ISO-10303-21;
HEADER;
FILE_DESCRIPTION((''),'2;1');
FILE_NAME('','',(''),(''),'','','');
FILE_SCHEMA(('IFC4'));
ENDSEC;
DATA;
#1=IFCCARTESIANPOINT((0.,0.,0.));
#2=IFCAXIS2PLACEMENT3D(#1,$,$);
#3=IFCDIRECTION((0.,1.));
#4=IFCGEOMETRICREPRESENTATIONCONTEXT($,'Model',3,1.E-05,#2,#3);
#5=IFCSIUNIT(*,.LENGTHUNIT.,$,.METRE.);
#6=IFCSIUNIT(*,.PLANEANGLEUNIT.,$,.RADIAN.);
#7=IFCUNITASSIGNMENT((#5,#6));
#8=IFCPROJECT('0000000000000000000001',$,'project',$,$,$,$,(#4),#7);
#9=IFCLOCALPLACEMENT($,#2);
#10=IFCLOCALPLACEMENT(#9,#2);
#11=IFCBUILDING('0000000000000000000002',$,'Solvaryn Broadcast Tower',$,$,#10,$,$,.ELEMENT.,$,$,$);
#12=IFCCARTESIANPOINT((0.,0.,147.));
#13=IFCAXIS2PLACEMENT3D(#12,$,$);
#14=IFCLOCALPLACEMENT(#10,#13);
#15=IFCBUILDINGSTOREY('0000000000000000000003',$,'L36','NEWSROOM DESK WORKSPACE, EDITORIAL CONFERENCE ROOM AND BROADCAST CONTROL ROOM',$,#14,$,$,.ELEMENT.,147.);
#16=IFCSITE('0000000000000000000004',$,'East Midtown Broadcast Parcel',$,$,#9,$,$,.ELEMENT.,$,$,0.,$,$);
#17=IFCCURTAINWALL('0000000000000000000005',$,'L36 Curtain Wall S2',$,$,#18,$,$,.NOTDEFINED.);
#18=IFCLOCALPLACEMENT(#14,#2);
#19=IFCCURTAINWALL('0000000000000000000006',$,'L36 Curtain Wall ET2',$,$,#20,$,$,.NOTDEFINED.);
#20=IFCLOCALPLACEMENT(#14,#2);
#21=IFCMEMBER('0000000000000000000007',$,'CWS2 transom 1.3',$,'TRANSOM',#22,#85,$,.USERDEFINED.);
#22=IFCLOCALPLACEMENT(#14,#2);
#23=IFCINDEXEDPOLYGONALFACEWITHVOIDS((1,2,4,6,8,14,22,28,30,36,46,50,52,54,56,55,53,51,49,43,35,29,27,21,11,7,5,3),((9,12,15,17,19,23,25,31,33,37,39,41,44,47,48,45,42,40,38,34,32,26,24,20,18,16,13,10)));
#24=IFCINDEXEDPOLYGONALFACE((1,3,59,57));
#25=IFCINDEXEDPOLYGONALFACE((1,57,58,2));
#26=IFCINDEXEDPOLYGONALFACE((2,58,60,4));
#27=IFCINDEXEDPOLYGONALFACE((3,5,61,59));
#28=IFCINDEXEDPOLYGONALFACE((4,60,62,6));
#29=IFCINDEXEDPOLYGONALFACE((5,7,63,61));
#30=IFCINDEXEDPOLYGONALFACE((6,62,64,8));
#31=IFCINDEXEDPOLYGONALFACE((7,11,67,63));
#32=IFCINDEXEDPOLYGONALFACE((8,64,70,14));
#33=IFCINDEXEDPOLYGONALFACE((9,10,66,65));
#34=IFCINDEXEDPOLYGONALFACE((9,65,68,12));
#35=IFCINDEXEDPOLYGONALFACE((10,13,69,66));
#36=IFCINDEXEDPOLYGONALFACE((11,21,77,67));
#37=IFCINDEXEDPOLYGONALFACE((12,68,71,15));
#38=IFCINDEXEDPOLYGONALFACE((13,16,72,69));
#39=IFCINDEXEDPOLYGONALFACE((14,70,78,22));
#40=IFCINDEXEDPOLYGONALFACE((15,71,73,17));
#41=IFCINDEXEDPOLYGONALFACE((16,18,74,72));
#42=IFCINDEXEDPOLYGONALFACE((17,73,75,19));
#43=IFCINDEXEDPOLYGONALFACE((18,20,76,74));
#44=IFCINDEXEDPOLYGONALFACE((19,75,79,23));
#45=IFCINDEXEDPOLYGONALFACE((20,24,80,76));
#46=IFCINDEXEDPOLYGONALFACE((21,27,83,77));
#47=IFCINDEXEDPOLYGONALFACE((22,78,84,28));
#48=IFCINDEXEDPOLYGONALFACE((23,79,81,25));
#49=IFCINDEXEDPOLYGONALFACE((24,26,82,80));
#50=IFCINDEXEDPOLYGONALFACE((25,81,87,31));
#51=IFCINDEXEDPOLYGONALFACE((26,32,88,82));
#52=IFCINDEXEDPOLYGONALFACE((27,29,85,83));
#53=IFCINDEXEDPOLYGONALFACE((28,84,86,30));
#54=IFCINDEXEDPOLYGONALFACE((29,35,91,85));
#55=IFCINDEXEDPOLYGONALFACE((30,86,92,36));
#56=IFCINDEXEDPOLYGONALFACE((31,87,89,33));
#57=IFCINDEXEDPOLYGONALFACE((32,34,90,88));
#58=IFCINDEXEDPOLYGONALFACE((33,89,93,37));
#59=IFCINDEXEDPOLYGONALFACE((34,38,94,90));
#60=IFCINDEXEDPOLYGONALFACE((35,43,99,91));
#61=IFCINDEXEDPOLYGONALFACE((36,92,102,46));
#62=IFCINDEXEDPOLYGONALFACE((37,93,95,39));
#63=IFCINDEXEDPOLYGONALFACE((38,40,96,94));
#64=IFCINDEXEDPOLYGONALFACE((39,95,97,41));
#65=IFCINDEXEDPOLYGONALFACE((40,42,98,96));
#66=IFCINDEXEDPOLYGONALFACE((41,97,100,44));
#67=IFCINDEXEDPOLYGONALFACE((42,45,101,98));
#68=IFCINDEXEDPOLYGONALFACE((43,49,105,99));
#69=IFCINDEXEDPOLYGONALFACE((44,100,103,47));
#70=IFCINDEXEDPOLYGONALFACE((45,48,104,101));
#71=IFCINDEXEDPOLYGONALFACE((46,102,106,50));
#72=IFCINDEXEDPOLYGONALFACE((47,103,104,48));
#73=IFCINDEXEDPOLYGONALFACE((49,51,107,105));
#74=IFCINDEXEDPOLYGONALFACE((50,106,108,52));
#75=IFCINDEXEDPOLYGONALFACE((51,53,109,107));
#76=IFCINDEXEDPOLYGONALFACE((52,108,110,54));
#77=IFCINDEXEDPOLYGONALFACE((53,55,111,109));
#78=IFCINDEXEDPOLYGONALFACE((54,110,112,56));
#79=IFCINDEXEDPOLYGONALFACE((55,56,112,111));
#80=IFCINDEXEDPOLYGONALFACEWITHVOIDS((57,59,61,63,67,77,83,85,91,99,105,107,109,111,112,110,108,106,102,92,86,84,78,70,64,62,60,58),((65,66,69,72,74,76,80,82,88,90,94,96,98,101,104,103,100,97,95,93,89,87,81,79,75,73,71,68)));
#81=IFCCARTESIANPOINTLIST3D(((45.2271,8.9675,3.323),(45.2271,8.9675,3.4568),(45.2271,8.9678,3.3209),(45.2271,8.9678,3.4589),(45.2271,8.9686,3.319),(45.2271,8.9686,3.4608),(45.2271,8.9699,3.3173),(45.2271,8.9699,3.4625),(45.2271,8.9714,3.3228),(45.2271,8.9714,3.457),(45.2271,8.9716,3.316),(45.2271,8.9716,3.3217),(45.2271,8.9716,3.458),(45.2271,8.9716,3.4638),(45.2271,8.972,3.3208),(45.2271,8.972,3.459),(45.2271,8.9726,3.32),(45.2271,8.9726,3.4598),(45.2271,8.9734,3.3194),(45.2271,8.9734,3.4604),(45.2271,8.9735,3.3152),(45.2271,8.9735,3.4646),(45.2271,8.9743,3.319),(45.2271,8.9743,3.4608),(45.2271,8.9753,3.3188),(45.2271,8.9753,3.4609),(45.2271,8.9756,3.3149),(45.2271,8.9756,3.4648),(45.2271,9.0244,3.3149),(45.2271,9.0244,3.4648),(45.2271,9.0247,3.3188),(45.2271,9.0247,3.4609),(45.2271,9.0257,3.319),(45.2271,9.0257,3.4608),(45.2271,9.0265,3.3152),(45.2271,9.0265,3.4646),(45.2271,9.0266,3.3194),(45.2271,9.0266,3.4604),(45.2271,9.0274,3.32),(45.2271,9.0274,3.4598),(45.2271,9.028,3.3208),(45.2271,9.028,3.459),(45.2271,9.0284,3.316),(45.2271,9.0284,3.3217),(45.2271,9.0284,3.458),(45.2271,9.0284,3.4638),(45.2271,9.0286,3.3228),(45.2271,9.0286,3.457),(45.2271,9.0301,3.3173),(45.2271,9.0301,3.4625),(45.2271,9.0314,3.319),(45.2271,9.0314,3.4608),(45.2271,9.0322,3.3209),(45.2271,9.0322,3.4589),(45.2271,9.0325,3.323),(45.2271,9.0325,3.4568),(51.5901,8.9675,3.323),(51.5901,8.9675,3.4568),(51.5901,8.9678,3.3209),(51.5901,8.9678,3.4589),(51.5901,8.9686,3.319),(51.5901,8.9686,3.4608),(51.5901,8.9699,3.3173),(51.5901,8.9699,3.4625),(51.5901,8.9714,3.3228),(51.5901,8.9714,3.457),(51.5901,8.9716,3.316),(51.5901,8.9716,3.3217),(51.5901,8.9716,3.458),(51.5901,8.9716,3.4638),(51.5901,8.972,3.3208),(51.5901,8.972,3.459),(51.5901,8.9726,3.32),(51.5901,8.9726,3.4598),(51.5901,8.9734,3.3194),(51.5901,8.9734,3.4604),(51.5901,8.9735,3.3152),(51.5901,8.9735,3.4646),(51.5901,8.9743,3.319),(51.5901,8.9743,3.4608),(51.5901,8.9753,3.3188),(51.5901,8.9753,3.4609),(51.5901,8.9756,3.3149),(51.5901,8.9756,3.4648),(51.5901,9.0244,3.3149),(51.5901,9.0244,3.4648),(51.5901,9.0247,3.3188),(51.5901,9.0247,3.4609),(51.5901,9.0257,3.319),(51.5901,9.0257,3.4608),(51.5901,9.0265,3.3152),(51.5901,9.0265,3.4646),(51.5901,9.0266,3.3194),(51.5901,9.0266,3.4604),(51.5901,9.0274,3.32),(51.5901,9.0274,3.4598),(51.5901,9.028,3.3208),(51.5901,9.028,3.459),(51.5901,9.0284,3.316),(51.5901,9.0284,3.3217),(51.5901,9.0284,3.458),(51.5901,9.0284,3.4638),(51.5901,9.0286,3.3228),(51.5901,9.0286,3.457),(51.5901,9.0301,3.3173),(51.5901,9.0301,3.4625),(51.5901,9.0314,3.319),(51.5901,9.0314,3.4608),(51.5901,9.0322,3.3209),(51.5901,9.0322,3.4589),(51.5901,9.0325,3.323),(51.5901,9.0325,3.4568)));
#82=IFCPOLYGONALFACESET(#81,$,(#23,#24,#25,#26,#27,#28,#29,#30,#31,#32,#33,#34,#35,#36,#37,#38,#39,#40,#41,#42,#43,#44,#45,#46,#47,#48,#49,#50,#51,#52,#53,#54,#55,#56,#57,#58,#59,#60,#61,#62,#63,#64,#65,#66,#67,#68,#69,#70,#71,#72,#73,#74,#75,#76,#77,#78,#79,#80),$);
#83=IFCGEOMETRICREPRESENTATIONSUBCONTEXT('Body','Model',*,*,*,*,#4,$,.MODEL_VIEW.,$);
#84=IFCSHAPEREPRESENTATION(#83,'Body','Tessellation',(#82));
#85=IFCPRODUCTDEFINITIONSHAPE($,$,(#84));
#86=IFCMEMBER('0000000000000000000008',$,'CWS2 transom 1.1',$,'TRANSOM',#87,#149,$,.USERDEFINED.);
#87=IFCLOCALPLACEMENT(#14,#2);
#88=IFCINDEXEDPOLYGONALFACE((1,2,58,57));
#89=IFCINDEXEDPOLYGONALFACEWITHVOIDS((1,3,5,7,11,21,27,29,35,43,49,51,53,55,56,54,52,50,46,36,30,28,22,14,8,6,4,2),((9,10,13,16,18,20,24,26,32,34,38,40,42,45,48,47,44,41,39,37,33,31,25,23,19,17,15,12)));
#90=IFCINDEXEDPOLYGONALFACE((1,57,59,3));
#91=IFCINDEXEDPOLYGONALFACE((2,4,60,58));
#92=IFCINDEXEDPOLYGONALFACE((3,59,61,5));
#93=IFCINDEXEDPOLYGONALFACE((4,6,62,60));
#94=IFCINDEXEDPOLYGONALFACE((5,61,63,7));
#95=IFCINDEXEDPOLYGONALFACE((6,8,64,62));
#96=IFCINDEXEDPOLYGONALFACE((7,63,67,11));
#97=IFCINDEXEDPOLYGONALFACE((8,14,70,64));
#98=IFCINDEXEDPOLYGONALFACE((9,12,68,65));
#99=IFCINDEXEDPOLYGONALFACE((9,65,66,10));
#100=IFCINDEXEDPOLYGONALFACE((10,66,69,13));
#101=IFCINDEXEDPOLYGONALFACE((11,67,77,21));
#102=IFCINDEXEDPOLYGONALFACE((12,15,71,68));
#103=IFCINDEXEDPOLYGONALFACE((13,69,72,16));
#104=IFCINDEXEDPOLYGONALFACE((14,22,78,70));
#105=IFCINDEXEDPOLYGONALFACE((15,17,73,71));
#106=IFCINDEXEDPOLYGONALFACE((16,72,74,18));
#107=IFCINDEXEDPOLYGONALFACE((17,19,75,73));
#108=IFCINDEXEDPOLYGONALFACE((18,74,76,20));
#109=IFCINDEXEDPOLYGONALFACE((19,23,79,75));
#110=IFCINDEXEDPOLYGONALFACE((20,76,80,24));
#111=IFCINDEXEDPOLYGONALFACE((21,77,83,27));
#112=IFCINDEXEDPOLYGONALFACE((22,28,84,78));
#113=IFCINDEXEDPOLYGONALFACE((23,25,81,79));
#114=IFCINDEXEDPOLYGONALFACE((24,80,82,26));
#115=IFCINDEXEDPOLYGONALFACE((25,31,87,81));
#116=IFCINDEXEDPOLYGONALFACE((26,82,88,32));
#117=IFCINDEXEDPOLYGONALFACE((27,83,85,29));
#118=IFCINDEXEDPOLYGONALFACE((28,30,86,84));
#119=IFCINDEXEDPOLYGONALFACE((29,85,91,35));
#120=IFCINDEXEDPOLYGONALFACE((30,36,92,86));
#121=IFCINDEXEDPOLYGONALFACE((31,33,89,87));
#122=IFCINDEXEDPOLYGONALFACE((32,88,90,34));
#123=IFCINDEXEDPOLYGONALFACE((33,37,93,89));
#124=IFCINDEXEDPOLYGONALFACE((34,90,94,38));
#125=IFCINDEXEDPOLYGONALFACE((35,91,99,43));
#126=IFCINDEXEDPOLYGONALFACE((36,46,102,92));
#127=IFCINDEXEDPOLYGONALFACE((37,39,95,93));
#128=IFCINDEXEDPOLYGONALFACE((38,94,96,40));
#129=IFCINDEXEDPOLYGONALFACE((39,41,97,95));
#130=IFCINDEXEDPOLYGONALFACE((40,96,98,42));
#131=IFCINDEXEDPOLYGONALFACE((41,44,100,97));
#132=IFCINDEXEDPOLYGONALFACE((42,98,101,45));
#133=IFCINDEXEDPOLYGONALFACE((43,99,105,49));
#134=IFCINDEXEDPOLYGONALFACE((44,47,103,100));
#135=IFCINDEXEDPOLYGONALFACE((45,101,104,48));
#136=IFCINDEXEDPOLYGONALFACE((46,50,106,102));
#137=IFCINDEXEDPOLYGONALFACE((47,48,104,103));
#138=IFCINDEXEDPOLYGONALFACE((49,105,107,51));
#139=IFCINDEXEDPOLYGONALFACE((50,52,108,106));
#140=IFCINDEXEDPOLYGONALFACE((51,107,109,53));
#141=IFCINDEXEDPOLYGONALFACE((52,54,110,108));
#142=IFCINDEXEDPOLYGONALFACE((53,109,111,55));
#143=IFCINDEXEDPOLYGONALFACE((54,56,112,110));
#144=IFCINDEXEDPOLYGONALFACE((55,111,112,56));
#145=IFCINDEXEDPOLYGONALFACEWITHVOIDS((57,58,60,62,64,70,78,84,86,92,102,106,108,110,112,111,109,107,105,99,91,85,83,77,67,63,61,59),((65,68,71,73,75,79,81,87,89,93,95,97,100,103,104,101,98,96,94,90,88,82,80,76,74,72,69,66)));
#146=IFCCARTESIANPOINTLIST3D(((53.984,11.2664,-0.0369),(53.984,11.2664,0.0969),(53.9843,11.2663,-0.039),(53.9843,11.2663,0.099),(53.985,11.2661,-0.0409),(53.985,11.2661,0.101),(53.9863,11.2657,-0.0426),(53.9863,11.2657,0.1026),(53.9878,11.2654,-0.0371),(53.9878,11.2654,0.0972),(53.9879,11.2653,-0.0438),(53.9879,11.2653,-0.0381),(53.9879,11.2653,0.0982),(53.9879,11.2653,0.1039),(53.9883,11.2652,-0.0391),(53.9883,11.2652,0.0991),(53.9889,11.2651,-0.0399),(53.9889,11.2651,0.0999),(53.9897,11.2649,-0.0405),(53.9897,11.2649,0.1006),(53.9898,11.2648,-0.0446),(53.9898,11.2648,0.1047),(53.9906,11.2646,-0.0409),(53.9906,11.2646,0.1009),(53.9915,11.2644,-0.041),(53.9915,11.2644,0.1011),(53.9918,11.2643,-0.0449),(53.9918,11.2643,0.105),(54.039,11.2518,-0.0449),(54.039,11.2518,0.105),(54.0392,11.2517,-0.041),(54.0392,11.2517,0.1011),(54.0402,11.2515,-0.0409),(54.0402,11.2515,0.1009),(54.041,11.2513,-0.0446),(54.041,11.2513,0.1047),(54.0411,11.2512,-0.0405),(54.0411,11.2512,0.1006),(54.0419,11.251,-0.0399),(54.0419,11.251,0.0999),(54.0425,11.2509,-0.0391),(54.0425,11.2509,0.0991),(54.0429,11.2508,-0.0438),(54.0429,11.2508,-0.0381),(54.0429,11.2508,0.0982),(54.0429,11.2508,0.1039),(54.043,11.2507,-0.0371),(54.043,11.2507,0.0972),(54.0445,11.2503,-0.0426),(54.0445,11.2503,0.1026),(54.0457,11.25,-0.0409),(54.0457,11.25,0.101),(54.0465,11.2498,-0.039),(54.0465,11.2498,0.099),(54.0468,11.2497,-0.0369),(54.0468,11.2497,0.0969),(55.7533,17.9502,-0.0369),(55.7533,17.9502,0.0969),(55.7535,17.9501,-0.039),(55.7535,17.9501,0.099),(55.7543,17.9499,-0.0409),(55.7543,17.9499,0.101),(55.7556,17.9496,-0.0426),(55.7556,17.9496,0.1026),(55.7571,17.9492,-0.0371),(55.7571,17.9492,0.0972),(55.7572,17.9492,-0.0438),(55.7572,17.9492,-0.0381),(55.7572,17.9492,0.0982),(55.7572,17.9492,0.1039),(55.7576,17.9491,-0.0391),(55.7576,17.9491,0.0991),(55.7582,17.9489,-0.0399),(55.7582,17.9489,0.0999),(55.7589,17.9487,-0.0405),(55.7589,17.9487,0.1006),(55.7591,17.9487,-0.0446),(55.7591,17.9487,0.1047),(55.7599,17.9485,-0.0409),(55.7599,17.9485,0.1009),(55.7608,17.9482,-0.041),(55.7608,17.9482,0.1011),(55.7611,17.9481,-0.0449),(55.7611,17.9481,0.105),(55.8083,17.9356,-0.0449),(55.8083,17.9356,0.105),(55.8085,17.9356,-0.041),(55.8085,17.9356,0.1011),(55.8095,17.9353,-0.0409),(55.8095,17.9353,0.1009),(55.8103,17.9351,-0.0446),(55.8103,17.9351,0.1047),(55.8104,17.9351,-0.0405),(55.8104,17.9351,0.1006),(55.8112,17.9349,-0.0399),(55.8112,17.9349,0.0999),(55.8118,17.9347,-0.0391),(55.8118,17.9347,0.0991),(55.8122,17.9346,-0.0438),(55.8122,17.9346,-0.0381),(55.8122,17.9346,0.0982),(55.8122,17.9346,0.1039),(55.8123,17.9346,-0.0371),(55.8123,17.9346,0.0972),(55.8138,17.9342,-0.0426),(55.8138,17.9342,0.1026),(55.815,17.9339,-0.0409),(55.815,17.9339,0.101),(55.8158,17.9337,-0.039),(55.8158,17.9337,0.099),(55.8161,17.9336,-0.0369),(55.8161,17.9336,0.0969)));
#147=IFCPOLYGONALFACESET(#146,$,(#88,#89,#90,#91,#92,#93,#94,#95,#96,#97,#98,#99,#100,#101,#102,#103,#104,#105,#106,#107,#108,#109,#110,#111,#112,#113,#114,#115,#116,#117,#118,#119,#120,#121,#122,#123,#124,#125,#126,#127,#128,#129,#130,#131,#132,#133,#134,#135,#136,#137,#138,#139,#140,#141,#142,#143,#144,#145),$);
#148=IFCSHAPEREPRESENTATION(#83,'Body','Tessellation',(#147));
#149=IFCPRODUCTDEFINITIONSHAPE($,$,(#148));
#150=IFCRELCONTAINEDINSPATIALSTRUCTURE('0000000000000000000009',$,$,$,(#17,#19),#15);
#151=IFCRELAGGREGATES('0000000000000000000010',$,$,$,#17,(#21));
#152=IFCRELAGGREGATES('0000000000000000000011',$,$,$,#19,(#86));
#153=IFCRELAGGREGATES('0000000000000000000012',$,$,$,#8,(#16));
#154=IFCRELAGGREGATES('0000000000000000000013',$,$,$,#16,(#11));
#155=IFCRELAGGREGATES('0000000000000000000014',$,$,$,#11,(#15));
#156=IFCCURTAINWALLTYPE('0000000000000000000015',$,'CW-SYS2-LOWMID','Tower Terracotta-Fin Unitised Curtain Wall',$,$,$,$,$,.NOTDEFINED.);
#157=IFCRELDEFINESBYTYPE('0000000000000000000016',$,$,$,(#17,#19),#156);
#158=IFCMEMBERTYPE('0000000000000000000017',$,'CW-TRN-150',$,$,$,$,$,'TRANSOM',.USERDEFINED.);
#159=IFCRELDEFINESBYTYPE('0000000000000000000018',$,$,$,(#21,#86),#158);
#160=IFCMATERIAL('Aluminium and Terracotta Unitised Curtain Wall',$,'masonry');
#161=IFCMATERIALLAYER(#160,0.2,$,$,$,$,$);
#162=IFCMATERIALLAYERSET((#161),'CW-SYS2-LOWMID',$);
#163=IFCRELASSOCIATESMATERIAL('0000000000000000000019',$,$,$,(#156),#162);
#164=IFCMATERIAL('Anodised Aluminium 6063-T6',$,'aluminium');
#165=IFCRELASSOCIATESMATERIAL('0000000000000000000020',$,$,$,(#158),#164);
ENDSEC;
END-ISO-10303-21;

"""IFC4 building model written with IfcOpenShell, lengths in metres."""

from ifc_helpers import new_model, si_unit, direction, frame, origin, origin_2d, place, context, subcontext, project, spatial, hollow_rectangle, extrude, material, layer, layer_set, material_profile, profile_set, type_object, element, aggregate, save


model = new_model("IFC4")

# Units and contexts
model_context = context("Model", 3, precision=1e-05, world=origin(), true_north=direction((0.0, 1.0)))
body_context = subcontext(model_context, "Body", "Model", "MODEL_VIEW")
ifc_project = project(units=[si_unit("LENGTHUNIT", "METRE"), si_unit("PLANEANGLEUNIT", "RADIAN")], contexts=[model_context])

# Site, building, storey
site_placement = place(None, origin())
site = spatial("IfcSite", under=ifc_project, at=site_placement, Name="East Midtown Broadcast Parcel", CompositionType="ELEMENT", RefElevation=0.0)
building_placement = place(site_placement, origin())
building = spatial("IfcBuilding", under=site, at=building_placement, Name="Solvaryn Broadcast Tower", CompositionType="ELEMENT")
storey_placement = place(building_placement, frame((0.0, 0.0, 147.0)))
storey = spatial("IfcBuildingStorey", under=building, at=storey_placement, Name="L36", Description="NEWSROOM DESK WORKSPACE, EDITORIAL CONFERENCE ROOM AND BROADCAST CONTROL ROOM", CompositionType="ELEMENT", Elevation=147.0)

# Curtain wall
ifc_material_1 = material(Name="Aluminium and Terracotta Unitised Curtain Wall", Category="masonry")
ifc_layer_1 = layer(ifc_material_1, 0.2)
ifc_layer_set_1 = layer_set([ifc_layer_1], Name="CW-SYS2-LOWMID")
curtain_wall_type = type_object("IfcCurtainWallType", Name="CW-SYS2-LOWMID", Description="Tower Terracotta-Fin Unitised Curtain Wall", PredefinedType="NOTDEFINED", material=ifc_layer_set_1)
curtain_wall_1_placement = place(storey_placement, origin())
curtain_wall_1 = element("IfcCurtainWall", 1, at=curtain_wall_1_placement, inside=storey, type_object=curtain_wall_type, Name="L36 Curtain Wall S2", PredefinedType="NOTDEFINED")

# Curtain wall
curtain_wall_2_placement = place(storey_placement, origin())
curtain_wall_2 = element("IfcCurtainWall", 2, at=curtain_wall_2_placement, inside=storey, type_object=curtain_wall_type, Name="L36 Curtain Wall ET2", PredefinedType="NOTDEFINED")

# Members
ifc_material_2 = material(Name="Anodised Aluminium 6063-T6", Category="aluminium")
ifc_material_profile_1 = material_profile(ifc_material_2, hollow_rectangle(XDim=0.0649, YDim=0.1499, WallThickness=0.0039, InnerFilletRadius=0.0039, OuterFilletRadius=0.0081, at=origin_2d()))
ifc_profile_set_1 = profile_set([ifc_material_profile_1], Name="Anodised Aluminium 6063-T6")
member_type_1 = type_object("IfcMemberType", Name="CW-TRN-150", ElementType="TRANSOM", PredefinedType="USERDEFINED", material=ifc_profile_set_1)
member_1_placement = place(storey_placement, frame((45.2271, 9.0, 3.3899), z_axis=(1.0, 0.0, 0.0), x_axis=(0.0, 1.0, 0.0)))
member_1 = element("IfcMember", 3, at=member_1_placement, type_object=member_type_1, Name="CWS2 transom 1.3", ObjectType="TRANSOM", PredefinedType="USERDEFINED", context=body_context, shape_type="SweptSolid", body=[
    extrude(hollow_rectangle(XDim=0.0649, YDim=0.1499, WallThickness=0.0039, InnerFilletRadius=0.0039, OuterFilletRadius=0.0081, at=origin_2d()), origin(), (0.0, 0.0, 1.0), 6.363),
])
member_2_placement = place(storey_placement, frame((55.7847, 17.9419, 0.03), z_axis=(-0.255897, -0.966704, 0.0), x_axis=(0.966704, -0.255897, 0.0)))
member_2 = element("IfcMember", 4, at=member_2_placement, type_object=member_type_1, Name="CWS2 transom 1.1", ObjectType="TRANSOM", PredefinedType="USERDEFINED", context=body_context, shape_type="SweptSolid", body=[
    extrude(hollow_rectangle(XDim=0.0649, YDim=0.1499, WallThickness=0.0039, InnerFilletRadius=0.0039, OuterFilletRadius=0.0081, at=origin_2d()), origin(), (0.0, 0.0, 1.0), 6.9141),
])

aggregate(curtain_wall_1, [member_1])
aggregate(curtain_wall_2, [member_2])

save(model, "model.ifc")
